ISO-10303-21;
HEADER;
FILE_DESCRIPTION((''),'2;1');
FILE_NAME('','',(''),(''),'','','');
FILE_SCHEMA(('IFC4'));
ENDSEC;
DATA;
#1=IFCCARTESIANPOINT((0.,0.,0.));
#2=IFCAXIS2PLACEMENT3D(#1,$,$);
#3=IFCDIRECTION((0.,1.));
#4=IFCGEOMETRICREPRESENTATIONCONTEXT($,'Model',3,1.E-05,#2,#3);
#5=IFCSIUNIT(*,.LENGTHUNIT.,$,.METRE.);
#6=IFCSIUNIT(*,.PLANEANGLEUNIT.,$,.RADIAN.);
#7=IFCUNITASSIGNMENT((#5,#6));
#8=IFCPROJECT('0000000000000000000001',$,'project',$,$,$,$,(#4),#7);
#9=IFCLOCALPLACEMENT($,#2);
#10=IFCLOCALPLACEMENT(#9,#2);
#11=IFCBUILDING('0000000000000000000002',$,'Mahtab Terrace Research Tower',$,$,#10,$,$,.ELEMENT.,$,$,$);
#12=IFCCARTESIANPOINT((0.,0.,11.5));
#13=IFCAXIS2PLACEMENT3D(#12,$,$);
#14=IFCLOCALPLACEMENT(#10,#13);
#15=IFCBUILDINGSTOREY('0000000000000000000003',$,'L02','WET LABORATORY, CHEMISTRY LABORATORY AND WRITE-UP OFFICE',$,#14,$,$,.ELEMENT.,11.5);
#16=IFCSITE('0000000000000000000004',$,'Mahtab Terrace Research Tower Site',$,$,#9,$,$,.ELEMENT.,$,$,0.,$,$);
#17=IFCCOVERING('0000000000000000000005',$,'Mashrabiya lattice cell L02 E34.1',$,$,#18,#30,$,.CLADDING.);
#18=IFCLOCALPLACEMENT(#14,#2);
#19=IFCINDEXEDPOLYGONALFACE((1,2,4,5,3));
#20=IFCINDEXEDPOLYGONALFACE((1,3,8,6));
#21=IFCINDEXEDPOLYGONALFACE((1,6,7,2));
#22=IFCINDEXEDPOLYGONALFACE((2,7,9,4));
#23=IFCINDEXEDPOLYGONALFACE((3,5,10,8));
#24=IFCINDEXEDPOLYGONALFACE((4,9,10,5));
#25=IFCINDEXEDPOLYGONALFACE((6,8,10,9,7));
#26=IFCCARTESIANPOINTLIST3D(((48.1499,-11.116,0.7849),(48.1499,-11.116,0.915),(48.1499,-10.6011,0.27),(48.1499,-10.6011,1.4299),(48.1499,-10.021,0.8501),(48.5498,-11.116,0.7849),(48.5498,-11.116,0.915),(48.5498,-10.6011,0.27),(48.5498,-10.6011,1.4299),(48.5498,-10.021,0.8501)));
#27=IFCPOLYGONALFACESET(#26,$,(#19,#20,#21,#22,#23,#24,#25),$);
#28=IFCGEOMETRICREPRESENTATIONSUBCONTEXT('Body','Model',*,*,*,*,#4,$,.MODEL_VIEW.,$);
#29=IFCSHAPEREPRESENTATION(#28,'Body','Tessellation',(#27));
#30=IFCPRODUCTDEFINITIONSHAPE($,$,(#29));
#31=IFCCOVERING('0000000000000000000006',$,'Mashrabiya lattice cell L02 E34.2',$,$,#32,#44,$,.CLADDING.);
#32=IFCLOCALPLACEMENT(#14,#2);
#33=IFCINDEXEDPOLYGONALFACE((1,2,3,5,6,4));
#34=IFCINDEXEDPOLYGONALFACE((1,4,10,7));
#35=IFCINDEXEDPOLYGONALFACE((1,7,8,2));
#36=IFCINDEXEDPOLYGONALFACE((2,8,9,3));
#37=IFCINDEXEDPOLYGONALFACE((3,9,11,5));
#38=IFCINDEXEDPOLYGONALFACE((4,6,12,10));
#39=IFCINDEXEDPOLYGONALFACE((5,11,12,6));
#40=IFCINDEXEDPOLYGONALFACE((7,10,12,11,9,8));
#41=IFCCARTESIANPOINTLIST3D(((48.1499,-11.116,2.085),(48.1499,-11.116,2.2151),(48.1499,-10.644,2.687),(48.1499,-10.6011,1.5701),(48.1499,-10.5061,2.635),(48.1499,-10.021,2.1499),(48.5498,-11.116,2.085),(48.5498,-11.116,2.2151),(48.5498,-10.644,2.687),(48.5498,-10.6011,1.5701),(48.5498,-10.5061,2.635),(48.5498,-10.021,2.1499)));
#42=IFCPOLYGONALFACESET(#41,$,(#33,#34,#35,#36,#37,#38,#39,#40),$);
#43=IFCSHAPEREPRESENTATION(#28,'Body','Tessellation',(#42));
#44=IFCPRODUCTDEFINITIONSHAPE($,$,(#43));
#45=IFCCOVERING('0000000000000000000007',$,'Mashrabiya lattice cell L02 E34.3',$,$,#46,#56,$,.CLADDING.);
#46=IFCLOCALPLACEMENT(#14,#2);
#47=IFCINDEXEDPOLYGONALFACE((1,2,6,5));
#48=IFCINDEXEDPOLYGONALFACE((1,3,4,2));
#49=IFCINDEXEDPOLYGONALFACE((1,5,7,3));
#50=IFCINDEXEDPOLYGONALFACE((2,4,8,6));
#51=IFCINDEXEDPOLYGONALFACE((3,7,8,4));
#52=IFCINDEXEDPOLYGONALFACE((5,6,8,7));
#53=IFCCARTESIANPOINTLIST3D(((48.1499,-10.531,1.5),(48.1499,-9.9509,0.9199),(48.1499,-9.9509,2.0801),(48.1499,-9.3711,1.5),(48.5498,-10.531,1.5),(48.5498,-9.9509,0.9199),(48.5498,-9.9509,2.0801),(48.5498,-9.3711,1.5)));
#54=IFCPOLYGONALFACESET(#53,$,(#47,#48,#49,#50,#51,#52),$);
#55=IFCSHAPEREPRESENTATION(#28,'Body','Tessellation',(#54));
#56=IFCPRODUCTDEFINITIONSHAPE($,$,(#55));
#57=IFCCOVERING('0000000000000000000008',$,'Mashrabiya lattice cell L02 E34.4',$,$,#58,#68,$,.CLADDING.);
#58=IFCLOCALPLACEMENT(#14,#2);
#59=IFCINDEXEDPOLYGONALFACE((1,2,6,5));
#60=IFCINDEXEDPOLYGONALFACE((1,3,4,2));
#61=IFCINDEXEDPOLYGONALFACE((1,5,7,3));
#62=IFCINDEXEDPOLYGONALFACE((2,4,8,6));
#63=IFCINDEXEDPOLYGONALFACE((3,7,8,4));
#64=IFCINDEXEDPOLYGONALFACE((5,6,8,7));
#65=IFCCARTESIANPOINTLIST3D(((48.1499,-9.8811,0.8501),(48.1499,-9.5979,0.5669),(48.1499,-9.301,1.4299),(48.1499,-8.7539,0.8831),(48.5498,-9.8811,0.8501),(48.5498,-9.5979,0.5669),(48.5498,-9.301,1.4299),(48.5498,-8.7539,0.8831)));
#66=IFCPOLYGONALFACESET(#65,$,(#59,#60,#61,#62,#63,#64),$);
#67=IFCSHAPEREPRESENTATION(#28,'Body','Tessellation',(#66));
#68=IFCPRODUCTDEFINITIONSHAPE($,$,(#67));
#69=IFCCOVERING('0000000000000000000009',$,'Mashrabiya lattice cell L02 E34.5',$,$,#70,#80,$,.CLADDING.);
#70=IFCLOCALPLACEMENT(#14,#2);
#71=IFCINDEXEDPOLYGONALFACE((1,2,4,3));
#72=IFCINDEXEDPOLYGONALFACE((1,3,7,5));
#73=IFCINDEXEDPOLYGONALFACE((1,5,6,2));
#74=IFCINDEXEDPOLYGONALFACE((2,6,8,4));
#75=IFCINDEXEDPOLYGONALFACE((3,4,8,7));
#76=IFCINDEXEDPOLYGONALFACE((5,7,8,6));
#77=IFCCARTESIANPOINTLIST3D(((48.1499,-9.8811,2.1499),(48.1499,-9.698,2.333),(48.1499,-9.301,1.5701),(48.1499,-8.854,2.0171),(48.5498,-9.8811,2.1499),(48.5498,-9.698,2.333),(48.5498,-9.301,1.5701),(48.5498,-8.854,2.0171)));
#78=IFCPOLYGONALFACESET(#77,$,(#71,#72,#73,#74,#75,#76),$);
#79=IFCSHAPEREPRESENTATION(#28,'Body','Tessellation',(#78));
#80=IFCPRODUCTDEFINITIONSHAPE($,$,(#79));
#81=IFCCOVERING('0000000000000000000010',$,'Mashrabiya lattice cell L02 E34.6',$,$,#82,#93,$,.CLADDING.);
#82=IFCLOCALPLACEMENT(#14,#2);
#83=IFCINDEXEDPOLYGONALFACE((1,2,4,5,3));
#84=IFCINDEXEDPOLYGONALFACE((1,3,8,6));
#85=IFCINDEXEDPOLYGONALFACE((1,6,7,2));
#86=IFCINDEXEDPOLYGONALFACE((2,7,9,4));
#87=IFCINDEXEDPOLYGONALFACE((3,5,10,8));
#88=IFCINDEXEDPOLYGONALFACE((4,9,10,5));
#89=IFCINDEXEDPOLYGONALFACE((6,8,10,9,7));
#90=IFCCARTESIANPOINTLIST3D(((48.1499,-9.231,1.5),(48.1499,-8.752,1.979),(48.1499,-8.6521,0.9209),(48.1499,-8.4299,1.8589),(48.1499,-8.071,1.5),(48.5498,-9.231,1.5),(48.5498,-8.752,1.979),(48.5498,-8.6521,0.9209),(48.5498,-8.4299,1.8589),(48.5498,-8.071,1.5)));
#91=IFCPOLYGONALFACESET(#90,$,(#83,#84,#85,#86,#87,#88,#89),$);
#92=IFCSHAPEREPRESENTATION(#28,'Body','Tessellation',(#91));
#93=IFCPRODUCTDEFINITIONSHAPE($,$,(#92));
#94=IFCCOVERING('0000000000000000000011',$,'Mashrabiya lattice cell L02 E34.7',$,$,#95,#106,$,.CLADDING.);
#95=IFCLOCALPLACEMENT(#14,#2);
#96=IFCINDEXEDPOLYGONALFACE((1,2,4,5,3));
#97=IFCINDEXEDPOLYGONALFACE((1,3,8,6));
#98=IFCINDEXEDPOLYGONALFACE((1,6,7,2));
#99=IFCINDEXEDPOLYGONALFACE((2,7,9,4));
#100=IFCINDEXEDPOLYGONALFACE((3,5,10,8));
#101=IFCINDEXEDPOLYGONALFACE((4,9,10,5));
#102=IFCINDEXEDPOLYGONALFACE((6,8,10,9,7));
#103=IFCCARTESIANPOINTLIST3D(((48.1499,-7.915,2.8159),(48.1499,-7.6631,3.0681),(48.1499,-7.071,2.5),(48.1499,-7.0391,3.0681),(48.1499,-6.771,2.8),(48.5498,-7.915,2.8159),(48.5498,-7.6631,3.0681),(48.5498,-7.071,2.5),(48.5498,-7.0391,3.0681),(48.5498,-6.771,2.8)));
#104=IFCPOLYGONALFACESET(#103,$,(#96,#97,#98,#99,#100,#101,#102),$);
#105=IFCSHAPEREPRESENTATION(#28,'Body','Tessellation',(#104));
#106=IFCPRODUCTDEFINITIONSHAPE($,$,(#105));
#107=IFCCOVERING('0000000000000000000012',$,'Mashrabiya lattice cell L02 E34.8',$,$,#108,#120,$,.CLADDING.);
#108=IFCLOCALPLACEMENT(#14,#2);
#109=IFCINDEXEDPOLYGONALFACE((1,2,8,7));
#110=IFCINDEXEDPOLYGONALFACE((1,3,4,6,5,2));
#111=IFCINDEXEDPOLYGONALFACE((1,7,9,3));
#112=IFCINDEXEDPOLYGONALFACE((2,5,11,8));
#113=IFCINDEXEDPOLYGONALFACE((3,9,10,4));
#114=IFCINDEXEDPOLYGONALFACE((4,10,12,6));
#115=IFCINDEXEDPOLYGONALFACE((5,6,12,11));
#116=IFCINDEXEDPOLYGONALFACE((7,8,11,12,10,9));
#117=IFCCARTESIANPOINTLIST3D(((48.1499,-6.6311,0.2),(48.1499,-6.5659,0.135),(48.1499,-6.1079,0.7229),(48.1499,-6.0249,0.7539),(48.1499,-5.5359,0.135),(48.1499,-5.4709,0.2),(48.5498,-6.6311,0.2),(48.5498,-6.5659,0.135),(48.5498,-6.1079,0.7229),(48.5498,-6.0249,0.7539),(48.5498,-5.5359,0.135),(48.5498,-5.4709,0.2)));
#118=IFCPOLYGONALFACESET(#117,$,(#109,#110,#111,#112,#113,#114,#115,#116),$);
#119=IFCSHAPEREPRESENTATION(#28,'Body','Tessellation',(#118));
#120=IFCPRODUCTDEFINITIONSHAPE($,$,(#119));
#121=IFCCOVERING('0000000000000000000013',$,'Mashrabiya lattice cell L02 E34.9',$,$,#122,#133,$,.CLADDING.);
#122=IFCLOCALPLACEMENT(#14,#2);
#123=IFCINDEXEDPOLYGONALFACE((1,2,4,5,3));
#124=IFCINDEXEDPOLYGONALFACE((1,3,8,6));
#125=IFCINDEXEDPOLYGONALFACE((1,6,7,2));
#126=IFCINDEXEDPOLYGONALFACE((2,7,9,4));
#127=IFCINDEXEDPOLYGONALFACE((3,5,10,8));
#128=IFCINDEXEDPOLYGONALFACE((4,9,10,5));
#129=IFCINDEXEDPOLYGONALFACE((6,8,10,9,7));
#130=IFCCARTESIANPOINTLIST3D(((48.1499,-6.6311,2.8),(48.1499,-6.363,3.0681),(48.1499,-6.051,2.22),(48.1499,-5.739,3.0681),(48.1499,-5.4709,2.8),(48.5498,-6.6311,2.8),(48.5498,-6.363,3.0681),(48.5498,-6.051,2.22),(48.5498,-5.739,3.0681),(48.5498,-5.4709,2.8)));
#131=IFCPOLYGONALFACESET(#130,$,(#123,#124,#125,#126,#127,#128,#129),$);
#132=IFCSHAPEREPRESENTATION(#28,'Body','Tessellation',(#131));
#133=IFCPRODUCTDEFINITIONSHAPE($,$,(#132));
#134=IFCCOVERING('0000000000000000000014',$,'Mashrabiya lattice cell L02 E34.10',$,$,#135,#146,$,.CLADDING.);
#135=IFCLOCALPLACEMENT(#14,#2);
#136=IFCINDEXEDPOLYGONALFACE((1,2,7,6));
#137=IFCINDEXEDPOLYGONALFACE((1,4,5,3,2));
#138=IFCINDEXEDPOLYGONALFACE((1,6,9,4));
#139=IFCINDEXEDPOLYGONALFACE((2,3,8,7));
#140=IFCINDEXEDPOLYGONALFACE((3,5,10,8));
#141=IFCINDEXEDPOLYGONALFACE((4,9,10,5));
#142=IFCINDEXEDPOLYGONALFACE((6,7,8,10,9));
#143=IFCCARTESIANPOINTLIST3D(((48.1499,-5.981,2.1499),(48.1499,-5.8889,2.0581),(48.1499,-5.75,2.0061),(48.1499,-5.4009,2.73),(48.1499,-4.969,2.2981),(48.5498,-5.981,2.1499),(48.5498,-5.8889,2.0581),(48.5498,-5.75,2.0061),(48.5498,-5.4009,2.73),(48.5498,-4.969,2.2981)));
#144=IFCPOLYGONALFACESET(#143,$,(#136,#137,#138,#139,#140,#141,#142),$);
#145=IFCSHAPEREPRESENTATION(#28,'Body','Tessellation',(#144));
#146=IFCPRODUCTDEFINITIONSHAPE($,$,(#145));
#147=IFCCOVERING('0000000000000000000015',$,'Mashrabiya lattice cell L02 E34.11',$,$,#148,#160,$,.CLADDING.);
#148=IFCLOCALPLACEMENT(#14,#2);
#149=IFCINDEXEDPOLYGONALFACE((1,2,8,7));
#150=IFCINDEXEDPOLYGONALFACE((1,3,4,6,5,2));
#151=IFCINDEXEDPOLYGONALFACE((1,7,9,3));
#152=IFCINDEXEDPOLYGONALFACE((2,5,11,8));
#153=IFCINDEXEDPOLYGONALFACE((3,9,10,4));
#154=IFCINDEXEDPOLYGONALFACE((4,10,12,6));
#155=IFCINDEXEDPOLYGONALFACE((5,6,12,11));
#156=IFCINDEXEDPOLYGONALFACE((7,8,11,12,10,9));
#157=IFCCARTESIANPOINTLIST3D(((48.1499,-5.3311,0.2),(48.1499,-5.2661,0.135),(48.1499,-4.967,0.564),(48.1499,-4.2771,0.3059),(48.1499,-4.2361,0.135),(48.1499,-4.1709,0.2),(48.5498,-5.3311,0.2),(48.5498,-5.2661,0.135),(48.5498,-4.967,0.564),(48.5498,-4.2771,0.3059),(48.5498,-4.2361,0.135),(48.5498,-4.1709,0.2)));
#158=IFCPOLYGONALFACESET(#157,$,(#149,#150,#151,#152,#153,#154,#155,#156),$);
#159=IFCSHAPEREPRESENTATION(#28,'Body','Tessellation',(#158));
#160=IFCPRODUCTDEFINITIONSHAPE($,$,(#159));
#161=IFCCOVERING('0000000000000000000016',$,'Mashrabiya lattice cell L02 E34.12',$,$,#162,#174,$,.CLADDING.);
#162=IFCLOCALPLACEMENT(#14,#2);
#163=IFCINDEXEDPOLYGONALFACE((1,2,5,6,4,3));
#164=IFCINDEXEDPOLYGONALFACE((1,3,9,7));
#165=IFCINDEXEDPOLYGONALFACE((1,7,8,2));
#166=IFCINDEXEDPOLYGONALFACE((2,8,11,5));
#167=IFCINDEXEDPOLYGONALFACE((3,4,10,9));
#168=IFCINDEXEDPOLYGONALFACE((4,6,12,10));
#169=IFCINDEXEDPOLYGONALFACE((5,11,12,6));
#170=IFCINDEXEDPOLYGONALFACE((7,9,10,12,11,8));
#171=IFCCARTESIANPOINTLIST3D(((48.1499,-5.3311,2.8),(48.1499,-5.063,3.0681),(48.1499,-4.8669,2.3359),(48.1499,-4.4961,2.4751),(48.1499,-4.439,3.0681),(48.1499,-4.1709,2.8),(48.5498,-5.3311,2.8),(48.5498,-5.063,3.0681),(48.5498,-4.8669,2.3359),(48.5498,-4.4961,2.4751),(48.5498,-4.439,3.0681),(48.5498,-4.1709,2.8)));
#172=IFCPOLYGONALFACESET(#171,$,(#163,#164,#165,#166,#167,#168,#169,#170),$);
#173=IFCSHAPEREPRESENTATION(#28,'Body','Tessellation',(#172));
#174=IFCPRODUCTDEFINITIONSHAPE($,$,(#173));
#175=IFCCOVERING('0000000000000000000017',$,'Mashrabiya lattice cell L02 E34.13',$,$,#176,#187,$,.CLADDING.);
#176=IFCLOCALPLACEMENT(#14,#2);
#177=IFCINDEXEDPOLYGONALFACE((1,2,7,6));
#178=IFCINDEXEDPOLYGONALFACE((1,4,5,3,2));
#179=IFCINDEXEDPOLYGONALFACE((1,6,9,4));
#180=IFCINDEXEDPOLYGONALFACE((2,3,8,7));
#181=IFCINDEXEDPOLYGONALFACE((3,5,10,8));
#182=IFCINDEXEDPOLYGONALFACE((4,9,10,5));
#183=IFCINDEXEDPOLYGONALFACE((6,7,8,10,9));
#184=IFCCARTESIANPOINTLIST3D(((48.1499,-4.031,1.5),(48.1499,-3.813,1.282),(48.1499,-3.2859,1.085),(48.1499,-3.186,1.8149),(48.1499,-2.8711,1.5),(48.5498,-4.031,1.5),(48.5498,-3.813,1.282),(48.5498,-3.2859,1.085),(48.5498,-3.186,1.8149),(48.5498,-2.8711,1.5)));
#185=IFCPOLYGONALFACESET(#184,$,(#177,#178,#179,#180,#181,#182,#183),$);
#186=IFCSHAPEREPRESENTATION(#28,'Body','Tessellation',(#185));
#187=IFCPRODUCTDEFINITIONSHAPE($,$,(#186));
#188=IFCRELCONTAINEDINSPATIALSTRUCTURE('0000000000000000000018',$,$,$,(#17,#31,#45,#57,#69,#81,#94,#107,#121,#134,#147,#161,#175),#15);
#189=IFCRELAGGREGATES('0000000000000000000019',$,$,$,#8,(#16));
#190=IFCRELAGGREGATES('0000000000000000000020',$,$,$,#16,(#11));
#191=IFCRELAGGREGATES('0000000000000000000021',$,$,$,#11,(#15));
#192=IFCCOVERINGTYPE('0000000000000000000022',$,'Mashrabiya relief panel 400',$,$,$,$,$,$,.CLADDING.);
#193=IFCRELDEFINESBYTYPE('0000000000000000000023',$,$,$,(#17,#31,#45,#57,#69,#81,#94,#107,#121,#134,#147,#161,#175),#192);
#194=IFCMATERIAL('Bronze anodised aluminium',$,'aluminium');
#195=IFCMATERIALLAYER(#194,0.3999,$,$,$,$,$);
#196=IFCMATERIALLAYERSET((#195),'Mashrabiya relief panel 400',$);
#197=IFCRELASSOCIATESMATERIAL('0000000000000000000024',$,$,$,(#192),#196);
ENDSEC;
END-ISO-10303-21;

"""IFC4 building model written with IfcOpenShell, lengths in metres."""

from ifc_helpers import new_model, si_unit, direction, frame, origin, place, context, subcontext, project, spatial, polyline, outline, extrude, material, layer, layer_set, type_object, element, save


model = new_model("IFC4")

# Units and contexts
model_context = context("Model", 3, precision=1e-05, world=origin(), true_north=direction((0.0, 1.0)))
body_context = subcontext(model_context, "Body", "Model", "MODEL_VIEW")
ifc_project = project(units=[si_unit("LENGTHUNIT", "METRE"), si_unit("PLANEANGLEUNIT", "RADIAN")], contexts=[model_context])

# Site, building, storey
site_placement = place(None, origin())
site = spatial("IfcSite", under=ifc_project, at=site_placement, Name="Mahtab Terrace Research Tower Site", CompositionType="ELEMENT", RefElevation=0.0)
building_placement = place(site_placement, origin())
building = spatial("IfcBuilding", under=site, at=building_placement, Name="Mahtab Terrace Research Tower", CompositionType="ELEMENT")
storey_placement = place(building_placement, frame((0.0, 0.0, 11.5)))
storey = spatial("IfcBuildingStorey", under=building, at=storey_placement, Name="L02", Description="WET LABORATORY, CHEMISTRY LABORATORY AND WRITE-UP OFFICE", CompositionType="ELEMENT", Elevation=11.5)

# Coverings
ifc_material = material(Name="Bronze anodised aluminium", Category="aluminium")
ifc_layer = layer(ifc_material, 0.3999)
ifc_layer_set = layer_set([ifc_layer], Name="Mashrabiya relief panel 400")
covering_type = type_object("IfcCoveringType", Name="Mashrabiya relief panel 400", PredefinedType="CLADDING", material=ifc_layer_set)
covering_1_placement = place(storey_placement, frame((48.1499, -10.6011, 1.4299), z_axis=(-1.0, 0.0, 0.0), x_axis=(0.0, 0.707256, -0.706958)))
element("IfcCovering", 1, at=covering_1_placement, inside=storey, type_object=covering_type, Name="Mashrabiya lattice cell L02 E34.1", PredefinedType="CLADDING", context=body_context, shape_type="SweptSolid", body=[
    extrude(outline(polyline([(0.0, 0.0), (0.8202, 0.0), (0.82, 0.8204), (0.0918, 0.8202), (-0.0002, 0.7282), (0.0, 0.0)])), origin(), (0.0, 0.0, -1.0), 0.3999),
])
covering_2_placement = place(storey_placement, frame((48.1499, -10.021, 2.1499), z_axis=(-1.0, 0.0, 0.0), x_axis=(0.0, -0.707256, -0.706958)))
element("IfcCovering", 2, at=covering_2_placement, inside=storey, type_object=covering_type, Name="Mashrabiya lattice cell L02 E34.2", PredefinedType="CLADDING", context=body_context, shape_type="SweptSolid", body=[
    extrude(outline(polyline([(0.0, 0.0), (0.8202, 0.0), (0.8203, 0.7282), (0.7283, 0.8202), (0.0609, 0.8203), (0.0001, 0.686), (0.0, 0.0)])), origin(), (0.0, 0.0, -1.0), 0.3999),
])
covering_3_placement = place(storey_placement, frame((48.1499, -9.9509, 2.0801), z_axis=(-1.0, 0.0, 0.0), x_axis=(0.0, 0.706958, -0.707256)))
element("IfcCovering", 3, at=covering_3_placement, inside=storey, type_object=covering_type, Name="Mashrabiya lattice cell L02 E34.3", PredefinedType="CLADDING", context=body_context, shape_type="SweptSolid", body=[
    extrude(outline(polyline([(0.0, 0.0), (0.8202, 0.0), (0.8205, 0.8202), (0.0002, 0.8204), (0.0, 0.0)])), origin(), (0.0, 0.0, -1.0), 0.3999),
])
covering_4_placement = place(storey_placement, frame((48.1499, -9.8811, 0.8501), z_axis=(-1.0, 0.0, 0.0), x_axis=(0.0, 0.707256, 0.706958)))
element("IfcCovering", 4, at=covering_4_placement, inside=storey, type_object=covering_type, Name="Mashrabiya lattice cell L02 E34.4", PredefinedType="CLADDING", context=body_context, shape_type="SweptSolid", body=[
    extrude(outline(polyline([(0.0, 0.0), (0.8202, 0.0), (0.8205, 0.7736), (0.0001, 0.4005), (0.0, 0.0)])), origin(), (0.0, 0.0, -1.0), 0.3999),
])
covering_5_placement = place(storey_placement, frame((48.1499, -9.301, 1.5701), z_axis=(-1.0, 0.0, 0.0), x_axis=(0.0, -0.707256, 0.706958)))
element("IfcCovering", 5, at=covering_5_placement, inside=storey, type_object=covering_type, Name="Mashrabiya lattice cell L02 E34.5", PredefinedType="CLADDING", context=body_context, shape_type="SweptSolid", body=[
    extrude(outline(polyline([(0.0, 0.0), (0.8202, 0.0), (0.8201, 0.259), (-0.0001, 0.6322), (0.0, 0.0)])), origin(), (0.0, 0.0, -1.0), 0.3999),
])
covering_6_placement = place(storey_placement, frame((48.1499, -9.231, 1.5), z_axis=(-1.0, 0.0, 0.0), x_axis=(0.0, 0.707107, 0.707107)))
element("IfcCovering", 6, at=covering_6_placement, inside=storey, type_object=covering_type, Name="Mashrabiya lattice cell L02 E34.6", PredefinedType="CLADDING", context=body_context, shape_type="SweptSolid", body=[
    extrude(outline(polyline([(0.0, 0.0), (0.6774, 0.0), (0.8202, 0.3126), (0.8202, 0.8202), (-0.0002, 0.8188), (0.0, 0.0)])), origin(), (0.0, 0.0, -1.0), 0.3999),
])
covering_7_placement = place(storey_placement, frame((48.1499, -6.771, 2.8), z_axis=(-1.0, 0.0, 0.0), x_axis=(0.0, -0.707107, -0.707107)))
element("IfcCovering", 7, at=covering_7_placement, inside=storey, type_object=covering_type, Name="Mashrabiya lattice cell L02 E34.7", PredefinedType="CLADDING", context=body_context, shape_type="SweptSolid", body=[
    extrude(outline(polyline([(0.0, 0.0), (0.4243, 0.0), (0.7977, 0.8202), (0.4413, 0.8204), (0.0, 0.3791), (0.0, 0.0)])), origin(), (0.0, 0.0, -1.0), 0.3999),
])
covering_8_placement = place(storey_placement, frame((48.1499, -6.6311, 0.2), z_axis=(-1.0, 0.0, 0.0), x_axis=(0.0, 0.707272, 0.706942)))
element("IfcCovering", 8, at=covering_8_placement, inside=storey, type_object=covering_type, Name="Mashrabiya lattice cell L02 E34.8", PredefinedType="CLADDING", context=body_context, shape_type="SweptSolid", body=[
    extrude(outline(polyline([(0.0, 0.0), (0.7397, 0.0), (0.8204, 0.0368), (0.8205, 0.8202), (0.7287, 0.8202), (0.0002, 0.092), (0.0, 0.0)])), origin(), (0.0, 0.0, -1.0), 0.3999),
])
covering_9_placement = place(storey_placement, frame((48.1499, -5.4709, 2.8), z_axis=(-1.0, 0.0, 0.0), x_axis=(0.0, -0.707107, -0.707107)))
element("IfcCovering", 9, at=covering_9_placement, inside=storey, type_object=covering_type, Name="Mashrabiya lattice cell L02 E34.9", PredefinedType="CLADDING", context=body_context, shape_type="SweptSolid", body=[
    extrude(outline(polyline([(0.0, 0.0), (0.8204, 0.0), (0.8204, 0.8204), (0.4413, 0.8204), (0.0, 0.3791), (0.0, 0.0)])), origin(), (0.0, 0.0, -1.0), 0.3999),
])
covering_10_placement = place(storey_placement, frame((48.1499, -5.981, 2.1499), z_axis=(-1.0, 0.0, 0.0), x_axis=(0.0, 0.707107, 0.707107)))
element("IfcCovering", 10, at=covering_10_placement, inside=storey, type_object=covering_type, Name="Mashrabiya lattice cell L02 E34.10", PredefinedType="CLADDING", context=body_context, shape_type="SweptSolid", body=[
    extrude(outline(polyline([(0.0, 0.0), (0.8204, 0.0), (0.8204, 0.6108), (0.0616, 0.265), (0.0002, 0.13), (0.0, 0.0)])), origin(), (0.0, 0.0, -1.0), 0.3999),
])
covering_11_placement = place(storey_placement, frame((48.1499, -5.3311, 0.2), z_axis=(-1.0, 0.0, 0.0), x_axis=(0.0, 0.707107, 0.707107)))
element("IfcCovering", 11, at=covering_11_placement, inside=storey, type_object=covering_type, Name="Mashrabiya lattice cell L02 E34.11", PredefinedType="CLADDING", context=body_context, shape_type="SweptSolid", body=[
    extrude(outline(polyline([(0.0, 0.0), (0.5148, 0.0), (0.8202, 0.6703), (0.8204, 0.8204), (0.7283, 0.8202), (0.0, 0.0918), (0.0, 0.0)])), origin(), (0.0, 0.0, -1.0), 0.3999),
])
covering_12_placement = place(storey_placement, frame((48.1499, -5.3311, 2.8), z_axis=(-1.0, 0.0, 0.0), x_axis=(0.0, 0.707107, 0.707107)))
element("IfcCovering", 12, at=covering_12_placement, inside=storey, type_object=covering_type, Name="Mashrabiya lattice cell L02 E34.12", PredefinedType="CLADDING", context=body_context, shape_type="SweptSolid", body=[
    extrude(outline(polyline([(0.0, 0.0), (0.3791, 0.0), (0.8204, 0.4413), (0.8204, 0.8204), (0.3606, 0.8202), (0.0, 0.6564), (0.0, 0.0)])), origin(), (0.0, 0.0, -1.0), 0.3999),
])
covering_13_placement = place(storey_placement, frame((48.1499, -4.031, 1.5), z_axis=(-1.0, 0.0, 0.0), x_axis=(0.0, 0.937028, 0.349254)))
element("IfcCovering", 13, at=covering_13_placement, inside=storey, type_object=covering_type, Name="Mashrabiya lattice cell L02 E34.13", PredefinedType="CLADDING", context=body_context, shape_type="SweptSolid", body=[
    extrude(outline(polyline([(0.0, 0.0), (0.9018, 0.0), (1.0869, 0.4051), (0.5532, 0.6491), (0.1281, 0.2804), (0.0, 0.0)])), origin(), (0.0, 0.0, -1.0), 0.3999),
])

save(model, "model.ifc")
